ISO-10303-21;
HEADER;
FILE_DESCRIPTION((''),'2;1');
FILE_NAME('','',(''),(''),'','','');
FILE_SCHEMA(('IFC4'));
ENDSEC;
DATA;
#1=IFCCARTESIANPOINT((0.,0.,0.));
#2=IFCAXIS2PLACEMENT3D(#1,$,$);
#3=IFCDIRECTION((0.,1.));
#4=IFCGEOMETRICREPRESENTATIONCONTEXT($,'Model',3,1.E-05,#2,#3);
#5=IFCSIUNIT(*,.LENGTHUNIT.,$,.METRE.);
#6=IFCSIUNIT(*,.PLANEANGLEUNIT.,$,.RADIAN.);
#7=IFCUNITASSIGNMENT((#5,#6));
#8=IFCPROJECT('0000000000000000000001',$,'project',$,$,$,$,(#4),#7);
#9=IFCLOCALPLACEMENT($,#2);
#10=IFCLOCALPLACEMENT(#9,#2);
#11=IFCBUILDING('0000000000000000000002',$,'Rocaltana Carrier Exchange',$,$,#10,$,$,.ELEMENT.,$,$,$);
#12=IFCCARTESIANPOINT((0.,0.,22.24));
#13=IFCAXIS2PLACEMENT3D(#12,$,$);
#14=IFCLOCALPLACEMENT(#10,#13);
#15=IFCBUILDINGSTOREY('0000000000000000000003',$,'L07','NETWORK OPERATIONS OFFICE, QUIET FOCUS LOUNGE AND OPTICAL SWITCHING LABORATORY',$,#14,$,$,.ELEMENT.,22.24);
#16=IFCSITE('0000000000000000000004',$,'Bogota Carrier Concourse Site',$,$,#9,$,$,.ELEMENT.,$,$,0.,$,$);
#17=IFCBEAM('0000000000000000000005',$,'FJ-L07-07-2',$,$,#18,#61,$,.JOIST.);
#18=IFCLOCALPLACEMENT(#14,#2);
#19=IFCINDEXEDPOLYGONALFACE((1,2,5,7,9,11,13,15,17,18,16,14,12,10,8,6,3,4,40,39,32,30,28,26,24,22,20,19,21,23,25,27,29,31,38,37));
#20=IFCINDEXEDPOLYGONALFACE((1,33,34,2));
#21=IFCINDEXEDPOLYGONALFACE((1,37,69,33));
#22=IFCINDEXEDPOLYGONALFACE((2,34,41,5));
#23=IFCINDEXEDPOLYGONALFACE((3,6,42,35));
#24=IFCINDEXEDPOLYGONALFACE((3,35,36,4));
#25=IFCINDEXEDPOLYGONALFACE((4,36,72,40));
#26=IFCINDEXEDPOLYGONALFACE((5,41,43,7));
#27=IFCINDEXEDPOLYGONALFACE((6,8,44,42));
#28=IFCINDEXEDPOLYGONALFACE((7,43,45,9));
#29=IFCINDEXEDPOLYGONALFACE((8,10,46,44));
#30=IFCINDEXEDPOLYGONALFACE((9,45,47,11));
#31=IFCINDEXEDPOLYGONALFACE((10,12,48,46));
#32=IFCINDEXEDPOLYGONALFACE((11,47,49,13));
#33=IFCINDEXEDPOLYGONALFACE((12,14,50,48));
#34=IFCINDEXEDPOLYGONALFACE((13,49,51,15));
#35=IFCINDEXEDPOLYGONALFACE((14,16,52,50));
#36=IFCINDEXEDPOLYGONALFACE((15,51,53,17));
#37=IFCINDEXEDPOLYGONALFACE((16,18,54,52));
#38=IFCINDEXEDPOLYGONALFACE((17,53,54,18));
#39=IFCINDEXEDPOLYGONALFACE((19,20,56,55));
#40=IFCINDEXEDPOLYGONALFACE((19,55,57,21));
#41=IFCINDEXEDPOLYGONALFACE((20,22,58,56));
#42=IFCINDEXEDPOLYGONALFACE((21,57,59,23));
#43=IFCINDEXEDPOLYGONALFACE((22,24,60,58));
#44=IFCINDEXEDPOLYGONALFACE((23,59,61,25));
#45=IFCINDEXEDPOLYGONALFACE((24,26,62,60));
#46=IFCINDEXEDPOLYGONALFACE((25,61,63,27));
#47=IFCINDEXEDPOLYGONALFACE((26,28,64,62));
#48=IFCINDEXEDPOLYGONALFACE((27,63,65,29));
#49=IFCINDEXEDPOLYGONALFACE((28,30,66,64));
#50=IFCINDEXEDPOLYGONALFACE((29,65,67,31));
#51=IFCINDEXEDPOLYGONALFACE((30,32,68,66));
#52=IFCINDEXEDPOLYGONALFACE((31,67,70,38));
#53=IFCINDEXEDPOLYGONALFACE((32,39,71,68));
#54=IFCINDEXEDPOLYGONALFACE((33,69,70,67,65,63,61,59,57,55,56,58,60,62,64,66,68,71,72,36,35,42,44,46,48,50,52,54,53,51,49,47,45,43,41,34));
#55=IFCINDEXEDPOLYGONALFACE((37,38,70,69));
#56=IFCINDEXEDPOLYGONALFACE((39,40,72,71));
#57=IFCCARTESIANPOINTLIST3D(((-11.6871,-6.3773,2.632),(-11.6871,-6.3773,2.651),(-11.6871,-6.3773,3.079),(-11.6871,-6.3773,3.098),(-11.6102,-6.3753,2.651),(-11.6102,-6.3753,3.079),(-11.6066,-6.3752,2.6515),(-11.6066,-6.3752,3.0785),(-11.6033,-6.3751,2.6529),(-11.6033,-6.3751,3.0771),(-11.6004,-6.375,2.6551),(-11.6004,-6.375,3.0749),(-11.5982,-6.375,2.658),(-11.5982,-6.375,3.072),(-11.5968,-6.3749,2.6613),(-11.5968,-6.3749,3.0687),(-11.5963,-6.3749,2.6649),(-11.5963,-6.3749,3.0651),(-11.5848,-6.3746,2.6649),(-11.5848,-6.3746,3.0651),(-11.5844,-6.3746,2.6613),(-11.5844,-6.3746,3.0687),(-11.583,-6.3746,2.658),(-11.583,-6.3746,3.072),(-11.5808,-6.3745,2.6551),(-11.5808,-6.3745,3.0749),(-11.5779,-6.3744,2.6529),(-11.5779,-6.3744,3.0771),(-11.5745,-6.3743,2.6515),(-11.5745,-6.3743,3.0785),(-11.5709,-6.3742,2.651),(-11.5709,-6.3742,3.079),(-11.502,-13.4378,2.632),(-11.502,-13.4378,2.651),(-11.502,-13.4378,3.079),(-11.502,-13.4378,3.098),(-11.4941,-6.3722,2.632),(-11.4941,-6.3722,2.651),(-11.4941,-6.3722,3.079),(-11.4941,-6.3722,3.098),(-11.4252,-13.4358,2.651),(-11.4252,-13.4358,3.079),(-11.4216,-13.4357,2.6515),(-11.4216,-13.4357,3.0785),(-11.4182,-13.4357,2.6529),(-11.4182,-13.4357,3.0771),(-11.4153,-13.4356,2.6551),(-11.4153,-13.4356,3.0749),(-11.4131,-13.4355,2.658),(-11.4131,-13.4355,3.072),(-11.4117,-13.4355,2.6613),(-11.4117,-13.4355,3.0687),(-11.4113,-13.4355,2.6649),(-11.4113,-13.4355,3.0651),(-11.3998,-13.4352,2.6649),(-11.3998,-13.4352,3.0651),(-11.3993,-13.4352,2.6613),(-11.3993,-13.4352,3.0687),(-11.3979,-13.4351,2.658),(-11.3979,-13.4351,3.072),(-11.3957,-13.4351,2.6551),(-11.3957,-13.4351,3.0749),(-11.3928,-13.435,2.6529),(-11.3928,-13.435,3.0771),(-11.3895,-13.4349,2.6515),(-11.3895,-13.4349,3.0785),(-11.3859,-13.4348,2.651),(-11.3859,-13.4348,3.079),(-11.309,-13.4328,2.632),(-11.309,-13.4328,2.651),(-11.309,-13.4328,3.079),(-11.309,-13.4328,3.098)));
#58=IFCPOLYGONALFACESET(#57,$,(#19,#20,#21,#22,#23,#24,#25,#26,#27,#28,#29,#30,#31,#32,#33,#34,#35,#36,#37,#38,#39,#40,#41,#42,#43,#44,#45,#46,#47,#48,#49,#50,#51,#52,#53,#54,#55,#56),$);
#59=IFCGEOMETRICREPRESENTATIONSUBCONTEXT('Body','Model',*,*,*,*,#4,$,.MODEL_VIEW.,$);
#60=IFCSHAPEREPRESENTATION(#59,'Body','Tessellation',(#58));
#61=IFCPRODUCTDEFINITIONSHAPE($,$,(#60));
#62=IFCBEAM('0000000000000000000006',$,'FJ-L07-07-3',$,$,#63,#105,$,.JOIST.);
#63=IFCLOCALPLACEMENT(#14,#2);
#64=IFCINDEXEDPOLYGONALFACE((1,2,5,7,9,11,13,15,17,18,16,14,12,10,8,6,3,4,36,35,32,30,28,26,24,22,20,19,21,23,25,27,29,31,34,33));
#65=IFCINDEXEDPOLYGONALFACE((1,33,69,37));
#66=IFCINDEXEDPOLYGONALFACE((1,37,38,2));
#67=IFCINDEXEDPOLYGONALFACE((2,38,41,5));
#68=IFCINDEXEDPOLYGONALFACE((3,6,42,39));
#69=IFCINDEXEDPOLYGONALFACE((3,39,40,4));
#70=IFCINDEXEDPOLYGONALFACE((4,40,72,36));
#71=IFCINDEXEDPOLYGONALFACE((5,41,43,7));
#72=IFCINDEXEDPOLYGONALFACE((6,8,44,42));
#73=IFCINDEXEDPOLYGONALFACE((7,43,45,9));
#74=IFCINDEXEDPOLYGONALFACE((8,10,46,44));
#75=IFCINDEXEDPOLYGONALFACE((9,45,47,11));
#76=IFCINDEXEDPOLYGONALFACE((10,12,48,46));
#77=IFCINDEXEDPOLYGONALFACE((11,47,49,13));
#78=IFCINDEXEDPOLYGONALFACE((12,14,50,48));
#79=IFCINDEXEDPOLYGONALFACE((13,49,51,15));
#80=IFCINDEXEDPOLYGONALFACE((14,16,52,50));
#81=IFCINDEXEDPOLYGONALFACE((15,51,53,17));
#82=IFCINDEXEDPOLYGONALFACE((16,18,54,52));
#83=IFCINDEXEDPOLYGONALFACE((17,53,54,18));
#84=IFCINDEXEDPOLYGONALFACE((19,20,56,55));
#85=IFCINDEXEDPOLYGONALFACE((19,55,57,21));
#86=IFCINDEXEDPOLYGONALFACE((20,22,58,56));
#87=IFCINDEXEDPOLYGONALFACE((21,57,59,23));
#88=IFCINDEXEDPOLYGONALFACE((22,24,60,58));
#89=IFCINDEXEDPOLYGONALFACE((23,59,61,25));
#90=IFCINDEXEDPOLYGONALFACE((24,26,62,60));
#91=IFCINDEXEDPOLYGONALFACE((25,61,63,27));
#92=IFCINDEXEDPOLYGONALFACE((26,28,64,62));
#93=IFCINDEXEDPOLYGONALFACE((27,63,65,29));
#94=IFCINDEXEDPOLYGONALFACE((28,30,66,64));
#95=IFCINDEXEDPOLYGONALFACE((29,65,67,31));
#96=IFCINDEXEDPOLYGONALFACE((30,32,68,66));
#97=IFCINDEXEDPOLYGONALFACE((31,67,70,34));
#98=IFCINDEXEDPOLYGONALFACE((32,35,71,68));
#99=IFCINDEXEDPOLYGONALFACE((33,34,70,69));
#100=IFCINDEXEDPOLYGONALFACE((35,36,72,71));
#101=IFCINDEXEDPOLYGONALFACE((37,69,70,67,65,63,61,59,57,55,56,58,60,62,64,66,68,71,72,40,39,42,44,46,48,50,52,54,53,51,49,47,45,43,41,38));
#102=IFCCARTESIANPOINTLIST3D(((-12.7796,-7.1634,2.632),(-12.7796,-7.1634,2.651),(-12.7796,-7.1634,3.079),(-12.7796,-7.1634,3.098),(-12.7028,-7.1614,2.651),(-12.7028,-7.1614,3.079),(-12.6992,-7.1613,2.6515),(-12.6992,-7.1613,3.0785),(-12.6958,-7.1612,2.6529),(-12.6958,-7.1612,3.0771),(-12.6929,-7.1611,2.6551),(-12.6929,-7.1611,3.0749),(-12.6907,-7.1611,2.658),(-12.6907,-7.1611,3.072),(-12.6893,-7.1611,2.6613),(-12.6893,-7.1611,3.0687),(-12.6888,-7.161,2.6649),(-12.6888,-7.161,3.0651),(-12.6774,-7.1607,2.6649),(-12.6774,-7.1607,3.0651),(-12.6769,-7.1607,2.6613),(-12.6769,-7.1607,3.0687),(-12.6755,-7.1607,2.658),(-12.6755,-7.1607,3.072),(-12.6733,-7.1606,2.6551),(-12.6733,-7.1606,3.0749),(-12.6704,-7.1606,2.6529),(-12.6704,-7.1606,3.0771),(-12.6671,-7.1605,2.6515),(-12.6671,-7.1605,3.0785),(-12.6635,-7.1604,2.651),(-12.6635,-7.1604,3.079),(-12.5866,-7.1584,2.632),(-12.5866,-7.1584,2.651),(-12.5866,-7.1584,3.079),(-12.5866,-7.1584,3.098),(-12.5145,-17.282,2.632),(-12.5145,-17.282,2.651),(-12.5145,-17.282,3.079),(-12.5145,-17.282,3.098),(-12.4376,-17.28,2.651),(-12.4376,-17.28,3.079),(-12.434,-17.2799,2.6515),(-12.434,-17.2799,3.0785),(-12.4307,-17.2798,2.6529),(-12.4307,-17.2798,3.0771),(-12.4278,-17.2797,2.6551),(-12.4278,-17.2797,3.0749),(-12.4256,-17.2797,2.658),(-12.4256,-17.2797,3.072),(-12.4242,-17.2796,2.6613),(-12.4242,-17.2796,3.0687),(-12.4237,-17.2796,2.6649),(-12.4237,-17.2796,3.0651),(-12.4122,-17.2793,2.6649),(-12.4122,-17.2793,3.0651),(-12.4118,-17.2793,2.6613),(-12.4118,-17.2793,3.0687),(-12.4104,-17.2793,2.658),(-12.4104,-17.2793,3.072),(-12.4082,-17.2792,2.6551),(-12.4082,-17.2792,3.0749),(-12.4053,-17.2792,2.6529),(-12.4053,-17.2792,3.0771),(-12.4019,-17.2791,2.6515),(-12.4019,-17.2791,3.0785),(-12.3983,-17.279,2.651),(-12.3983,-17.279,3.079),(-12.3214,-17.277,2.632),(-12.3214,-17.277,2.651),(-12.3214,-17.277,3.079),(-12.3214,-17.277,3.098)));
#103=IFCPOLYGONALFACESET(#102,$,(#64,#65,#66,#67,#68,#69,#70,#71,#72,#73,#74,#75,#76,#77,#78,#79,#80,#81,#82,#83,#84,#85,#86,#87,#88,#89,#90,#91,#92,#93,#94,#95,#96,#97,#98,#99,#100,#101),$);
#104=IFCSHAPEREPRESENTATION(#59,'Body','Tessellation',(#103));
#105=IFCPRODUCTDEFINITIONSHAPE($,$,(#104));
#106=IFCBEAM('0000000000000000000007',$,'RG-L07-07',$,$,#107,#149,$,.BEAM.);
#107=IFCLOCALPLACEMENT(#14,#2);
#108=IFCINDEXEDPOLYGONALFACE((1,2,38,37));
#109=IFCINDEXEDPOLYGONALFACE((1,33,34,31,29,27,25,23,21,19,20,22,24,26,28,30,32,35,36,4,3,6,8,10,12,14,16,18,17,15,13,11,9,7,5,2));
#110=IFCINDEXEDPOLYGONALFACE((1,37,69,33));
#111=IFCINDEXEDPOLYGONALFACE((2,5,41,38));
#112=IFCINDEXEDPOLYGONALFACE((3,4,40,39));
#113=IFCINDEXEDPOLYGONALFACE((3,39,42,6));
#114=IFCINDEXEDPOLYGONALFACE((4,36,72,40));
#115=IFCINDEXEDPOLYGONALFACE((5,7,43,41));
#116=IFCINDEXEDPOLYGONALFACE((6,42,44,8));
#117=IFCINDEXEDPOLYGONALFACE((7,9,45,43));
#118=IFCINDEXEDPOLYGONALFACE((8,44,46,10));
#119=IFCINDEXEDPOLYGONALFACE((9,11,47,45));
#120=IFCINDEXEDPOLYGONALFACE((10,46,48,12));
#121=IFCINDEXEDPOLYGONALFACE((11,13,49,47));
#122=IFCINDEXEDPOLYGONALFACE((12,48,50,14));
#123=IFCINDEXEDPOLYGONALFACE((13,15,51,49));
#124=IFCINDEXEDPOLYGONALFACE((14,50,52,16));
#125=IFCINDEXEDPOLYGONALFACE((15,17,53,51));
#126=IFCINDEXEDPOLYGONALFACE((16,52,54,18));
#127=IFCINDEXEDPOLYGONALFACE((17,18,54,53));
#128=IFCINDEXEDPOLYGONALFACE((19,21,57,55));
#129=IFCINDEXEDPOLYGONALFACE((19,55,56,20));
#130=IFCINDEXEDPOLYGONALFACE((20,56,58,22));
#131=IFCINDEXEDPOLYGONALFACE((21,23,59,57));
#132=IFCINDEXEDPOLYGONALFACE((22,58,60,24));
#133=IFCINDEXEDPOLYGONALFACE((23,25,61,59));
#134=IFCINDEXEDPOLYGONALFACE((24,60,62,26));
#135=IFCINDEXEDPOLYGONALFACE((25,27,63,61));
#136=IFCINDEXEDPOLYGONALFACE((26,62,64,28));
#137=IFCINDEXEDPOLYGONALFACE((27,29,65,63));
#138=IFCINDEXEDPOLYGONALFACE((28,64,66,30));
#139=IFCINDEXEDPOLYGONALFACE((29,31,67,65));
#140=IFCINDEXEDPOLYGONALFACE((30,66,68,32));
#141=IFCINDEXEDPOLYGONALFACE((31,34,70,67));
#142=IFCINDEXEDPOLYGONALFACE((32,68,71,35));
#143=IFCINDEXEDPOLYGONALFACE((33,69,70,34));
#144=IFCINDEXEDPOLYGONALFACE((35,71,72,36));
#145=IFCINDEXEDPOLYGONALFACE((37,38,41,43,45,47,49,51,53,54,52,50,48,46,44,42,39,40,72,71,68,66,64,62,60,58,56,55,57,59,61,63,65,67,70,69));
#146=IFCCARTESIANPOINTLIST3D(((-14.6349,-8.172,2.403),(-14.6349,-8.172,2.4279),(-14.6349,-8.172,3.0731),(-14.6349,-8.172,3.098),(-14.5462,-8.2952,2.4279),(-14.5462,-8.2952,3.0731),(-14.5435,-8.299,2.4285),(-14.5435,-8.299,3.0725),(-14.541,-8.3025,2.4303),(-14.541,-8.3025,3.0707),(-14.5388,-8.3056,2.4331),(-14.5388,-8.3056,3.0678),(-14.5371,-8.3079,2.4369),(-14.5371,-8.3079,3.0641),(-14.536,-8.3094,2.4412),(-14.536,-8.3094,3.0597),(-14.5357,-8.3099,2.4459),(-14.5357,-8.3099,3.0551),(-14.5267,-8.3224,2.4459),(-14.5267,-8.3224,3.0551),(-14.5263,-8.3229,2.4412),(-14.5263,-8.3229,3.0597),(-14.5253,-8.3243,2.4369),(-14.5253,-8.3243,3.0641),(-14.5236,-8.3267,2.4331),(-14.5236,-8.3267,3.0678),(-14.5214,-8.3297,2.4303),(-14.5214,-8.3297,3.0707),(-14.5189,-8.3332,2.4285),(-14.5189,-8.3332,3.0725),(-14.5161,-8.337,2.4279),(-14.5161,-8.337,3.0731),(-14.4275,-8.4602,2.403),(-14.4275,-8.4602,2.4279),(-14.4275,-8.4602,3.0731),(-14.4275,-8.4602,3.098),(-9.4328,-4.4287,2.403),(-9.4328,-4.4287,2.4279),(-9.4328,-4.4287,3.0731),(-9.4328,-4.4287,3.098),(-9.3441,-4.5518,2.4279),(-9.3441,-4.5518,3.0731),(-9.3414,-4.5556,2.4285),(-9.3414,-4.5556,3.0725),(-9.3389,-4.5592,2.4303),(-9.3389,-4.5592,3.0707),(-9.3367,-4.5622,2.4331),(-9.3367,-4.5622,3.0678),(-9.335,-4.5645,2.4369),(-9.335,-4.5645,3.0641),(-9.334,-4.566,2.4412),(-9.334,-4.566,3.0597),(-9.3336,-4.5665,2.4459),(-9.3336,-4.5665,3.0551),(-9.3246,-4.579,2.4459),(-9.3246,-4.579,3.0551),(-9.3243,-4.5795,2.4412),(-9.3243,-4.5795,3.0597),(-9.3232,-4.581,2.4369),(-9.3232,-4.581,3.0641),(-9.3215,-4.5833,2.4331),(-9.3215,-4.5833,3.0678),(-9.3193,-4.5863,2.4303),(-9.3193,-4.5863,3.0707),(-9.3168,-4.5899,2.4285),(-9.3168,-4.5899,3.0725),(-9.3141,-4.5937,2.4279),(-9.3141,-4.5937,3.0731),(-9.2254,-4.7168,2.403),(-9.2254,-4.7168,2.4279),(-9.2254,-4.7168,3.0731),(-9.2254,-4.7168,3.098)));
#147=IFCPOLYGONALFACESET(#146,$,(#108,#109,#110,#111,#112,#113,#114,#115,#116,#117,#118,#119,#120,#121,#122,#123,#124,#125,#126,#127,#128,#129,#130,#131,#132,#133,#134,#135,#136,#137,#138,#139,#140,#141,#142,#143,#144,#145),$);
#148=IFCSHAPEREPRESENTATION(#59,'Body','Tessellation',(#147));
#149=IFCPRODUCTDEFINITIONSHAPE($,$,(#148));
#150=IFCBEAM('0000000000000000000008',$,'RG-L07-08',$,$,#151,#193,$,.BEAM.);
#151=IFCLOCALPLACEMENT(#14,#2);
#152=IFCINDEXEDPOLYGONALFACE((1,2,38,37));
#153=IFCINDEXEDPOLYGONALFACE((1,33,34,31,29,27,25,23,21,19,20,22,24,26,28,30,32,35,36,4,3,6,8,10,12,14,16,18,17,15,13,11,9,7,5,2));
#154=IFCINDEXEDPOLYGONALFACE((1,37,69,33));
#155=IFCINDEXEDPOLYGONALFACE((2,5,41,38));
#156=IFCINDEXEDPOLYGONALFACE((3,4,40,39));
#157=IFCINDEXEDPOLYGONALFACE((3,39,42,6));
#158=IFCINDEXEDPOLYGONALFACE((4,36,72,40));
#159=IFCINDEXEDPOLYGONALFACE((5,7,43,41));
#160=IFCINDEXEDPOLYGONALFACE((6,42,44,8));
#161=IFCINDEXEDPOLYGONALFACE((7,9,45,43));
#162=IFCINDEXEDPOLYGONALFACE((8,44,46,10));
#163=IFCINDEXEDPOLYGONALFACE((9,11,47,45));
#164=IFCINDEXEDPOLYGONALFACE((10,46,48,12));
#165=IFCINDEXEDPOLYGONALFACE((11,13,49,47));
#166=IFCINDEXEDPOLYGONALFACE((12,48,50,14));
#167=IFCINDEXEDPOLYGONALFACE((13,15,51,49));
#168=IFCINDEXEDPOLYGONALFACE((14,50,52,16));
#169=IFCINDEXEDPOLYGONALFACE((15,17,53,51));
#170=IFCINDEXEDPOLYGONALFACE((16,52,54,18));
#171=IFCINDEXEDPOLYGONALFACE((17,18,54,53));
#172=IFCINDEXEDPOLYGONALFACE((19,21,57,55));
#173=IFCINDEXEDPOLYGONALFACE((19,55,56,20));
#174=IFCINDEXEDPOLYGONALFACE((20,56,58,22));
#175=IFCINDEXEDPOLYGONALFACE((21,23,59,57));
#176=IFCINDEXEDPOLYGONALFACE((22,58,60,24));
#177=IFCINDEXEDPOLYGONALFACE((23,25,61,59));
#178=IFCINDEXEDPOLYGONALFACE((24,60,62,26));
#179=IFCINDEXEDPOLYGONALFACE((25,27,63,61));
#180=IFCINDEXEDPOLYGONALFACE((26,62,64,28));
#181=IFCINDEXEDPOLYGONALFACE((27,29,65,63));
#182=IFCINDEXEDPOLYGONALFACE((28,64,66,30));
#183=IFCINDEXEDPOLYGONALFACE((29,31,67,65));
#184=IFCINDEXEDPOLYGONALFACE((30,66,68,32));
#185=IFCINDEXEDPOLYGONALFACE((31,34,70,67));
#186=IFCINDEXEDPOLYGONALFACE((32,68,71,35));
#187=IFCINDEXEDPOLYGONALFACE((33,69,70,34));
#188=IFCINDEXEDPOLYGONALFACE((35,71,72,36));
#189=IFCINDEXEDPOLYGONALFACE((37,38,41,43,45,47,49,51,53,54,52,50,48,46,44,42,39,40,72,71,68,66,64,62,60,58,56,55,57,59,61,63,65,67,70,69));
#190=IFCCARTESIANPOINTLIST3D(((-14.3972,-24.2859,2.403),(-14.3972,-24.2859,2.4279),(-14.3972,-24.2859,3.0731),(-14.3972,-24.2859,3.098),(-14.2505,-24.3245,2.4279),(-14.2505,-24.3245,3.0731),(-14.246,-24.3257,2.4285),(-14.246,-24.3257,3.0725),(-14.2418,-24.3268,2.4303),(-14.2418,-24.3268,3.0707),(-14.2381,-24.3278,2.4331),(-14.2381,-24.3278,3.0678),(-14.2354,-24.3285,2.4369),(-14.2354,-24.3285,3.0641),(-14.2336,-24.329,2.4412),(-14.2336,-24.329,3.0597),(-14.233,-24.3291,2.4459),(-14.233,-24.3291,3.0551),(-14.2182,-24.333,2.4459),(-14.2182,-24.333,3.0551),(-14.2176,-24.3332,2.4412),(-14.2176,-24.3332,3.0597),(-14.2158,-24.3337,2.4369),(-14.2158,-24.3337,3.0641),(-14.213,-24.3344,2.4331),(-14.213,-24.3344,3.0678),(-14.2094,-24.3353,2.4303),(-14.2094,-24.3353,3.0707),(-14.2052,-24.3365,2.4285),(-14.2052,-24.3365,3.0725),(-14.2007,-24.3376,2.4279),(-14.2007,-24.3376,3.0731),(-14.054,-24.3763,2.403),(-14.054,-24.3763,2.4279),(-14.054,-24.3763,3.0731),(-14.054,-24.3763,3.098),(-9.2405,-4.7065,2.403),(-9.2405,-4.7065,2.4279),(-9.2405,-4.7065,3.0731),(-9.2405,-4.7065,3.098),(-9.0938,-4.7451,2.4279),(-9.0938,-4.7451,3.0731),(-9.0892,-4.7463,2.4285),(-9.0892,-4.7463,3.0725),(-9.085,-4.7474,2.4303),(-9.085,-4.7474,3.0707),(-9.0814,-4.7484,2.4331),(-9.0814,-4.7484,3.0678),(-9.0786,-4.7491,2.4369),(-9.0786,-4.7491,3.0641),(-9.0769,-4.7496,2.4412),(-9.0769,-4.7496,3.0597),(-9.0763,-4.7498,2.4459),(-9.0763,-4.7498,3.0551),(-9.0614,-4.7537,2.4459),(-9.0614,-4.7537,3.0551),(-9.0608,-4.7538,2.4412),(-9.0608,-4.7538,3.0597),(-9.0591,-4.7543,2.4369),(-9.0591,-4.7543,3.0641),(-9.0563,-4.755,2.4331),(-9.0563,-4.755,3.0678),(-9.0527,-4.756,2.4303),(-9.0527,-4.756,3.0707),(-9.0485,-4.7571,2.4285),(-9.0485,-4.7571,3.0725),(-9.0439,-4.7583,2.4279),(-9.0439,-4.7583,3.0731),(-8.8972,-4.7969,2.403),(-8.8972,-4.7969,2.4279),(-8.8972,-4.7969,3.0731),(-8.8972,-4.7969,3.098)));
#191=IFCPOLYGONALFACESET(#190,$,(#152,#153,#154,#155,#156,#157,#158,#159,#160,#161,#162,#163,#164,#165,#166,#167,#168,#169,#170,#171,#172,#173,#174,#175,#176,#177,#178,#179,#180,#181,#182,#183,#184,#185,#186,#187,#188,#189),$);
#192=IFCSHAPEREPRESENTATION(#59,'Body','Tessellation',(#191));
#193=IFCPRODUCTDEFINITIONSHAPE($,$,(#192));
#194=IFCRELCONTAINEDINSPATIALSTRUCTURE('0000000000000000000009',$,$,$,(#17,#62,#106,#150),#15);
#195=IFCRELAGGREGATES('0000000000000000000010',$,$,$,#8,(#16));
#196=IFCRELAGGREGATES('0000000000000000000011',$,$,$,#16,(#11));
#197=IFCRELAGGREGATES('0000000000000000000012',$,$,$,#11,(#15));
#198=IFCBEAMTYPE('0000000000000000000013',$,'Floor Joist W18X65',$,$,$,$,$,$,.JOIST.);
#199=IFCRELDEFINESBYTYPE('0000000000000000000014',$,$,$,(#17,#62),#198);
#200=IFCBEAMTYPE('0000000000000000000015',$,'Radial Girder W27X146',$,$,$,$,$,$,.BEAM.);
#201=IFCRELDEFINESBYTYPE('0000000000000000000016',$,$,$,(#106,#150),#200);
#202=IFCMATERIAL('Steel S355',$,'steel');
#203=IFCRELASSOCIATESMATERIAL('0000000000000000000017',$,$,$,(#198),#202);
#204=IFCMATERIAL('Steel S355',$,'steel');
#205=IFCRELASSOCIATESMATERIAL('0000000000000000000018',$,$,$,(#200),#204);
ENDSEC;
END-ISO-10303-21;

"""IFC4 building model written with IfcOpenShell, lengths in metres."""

from ifc_helpers import new_model, si_unit, direction, frame, origin, origin_2d, place, context, subcontext, project, spatial, i_section, extrude, material, material_profile, profile_set, type_object, element, save


model = new_model("IFC4")

# Units and contexts
model_context = context("Model", 3, precision=1e-05, world=origin(), true_north=direction((0.0, 1.0)))
body_context = subcontext(model_context, "Body", "Model", "MODEL_VIEW")
ifc_project = project(units=[si_unit("LENGTHUNIT", "METRE"), si_unit("PLANEANGLEUNIT", "RADIAN")], contexts=[model_context])

# Site, building, storey
site_placement = place(None, origin())
site = spatial("IfcSite", under=ifc_project, at=site_placement, Name="Bogota Carrier Concourse Site", CompositionType="ELEMENT", RefElevation=0.0)
building_placement = place(site_placement, origin())
building = spatial("IfcBuilding", under=site, at=building_placement, Name="Rocaltana Carrier Exchange", CompositionType="ELEMENT")
storey_placement = place(building_placement, frame((0.0, 0.0, 22.24)))
storey = spatial("IfcBuildingStorey", under=building, at=storey_placement, Name="L07", Description="NETWORK OPERATIONS OFFICE, QUIET FOCUS LOUNGE AND OPTICAL SWITCHING LABORATORY", CompositionType="ELEMENT", Elevation=22.24)

# Beams
ifc_material_1 = material(Name="Steel S355", Category="steel")
ifc_material_profile_1 = material_profile(ifc_material_1, i_section(OverallWidth=0.1931, OverallDepth=0.4661, WebThickness=0.0115, FlangeThickness=0.019, FilletRadius=0.0139, at=origin_2d()), Name="W18X65")
ifc_profile_set_1 = profile_set([ifc_material_profile_1], Name="Steel S355")
beam_type_1 = type_object("IfcBeamType", Name="Floor Joist W18X65", PredefinedType="JOIST", material=ifc_profile_set_1)
beam_1_placement = place(storey_placement, frame((-11.5906, -6.3748, 2.865), z_axis=(0.026201, -0.999657, 0.0), x_axis=(0.999657, 0.026201, 0.0)))
element("IfcBeam", 1, at=beam_1_placement, inside=storey, type_object=beam_type_1, Name="FJ-L07-07-2", PredefinedType="JOIST", context=body_context, shape_type="SweptSolid", body=[
    extrude(i_section(OverallWidth=0.1931, OverallDepth=0.4661, WebThickness=0.0115, FlangeThickness=0.019, FilletRadius=0.0139, at=origin_2d()), origin(), (0.0, 0.0, 1.0), 7.063),
])
beam_2_placement = place(storey_placement, frame((-12.6831, -7.1609, 2.865), z_axis=(0.026194, -0.999657, 0.0), x_axis=(0.999657, 0.026194, 0.0)))
element("IfcBeam", 2, at=beam_2_placement, inside=storey, type_object=beam_type_1, Name="FJ-L07-07-3", PredefinedType="JOIST", context=body_context, shape_type="SweptSolid", body=[
    extrude(i_section(OverallWidth=0.1931, OverallDepth=0.4661, WebThickness=0.0115, FlangeThickness=0.019, FilletRadius=0.0139, at=origin_2d()), origin(), (0.0, 0.0, 1.0), 10.1221),
])
ifc_material_2 = material(Name="Steel S355", Category="steel")
ifc_material_profile_2 = material_profile(ifc_material_2, i_section(OverallWidth=0.355, OverallDepth=0.6951, WebThickness=0.0154, FlangeThickness=0.0249, FilletRadius=0.0181, at=origin_2d()), Name="W27X146")
ifc_profile_set_2 = profile_set([ifc_material_profile_2], Name="Steel S355")
beam_type_2 = type_object("IfcBeamType", Name="Radial Girder W27X146", PredefinedType="BEAM", material=ifc_profile_set_2)
beam_3_placement = place(storey_placement, frame((-9.3291, -4.5728, 2.7505), z_axis=(-0.811693, -0.584085, 0.0), x_axis=(0.584085, -0.811693, 0.0)))
element("IfcBeam", 3, at=beam_3_placement, inside=storey, type_object=beam_type_2, Name="RG-L07-07", PredefinedType="BEAM", context=body_context, shape_type="SweptSolid", body=[
    extrude(i_section(OverallWidth=0.355, OverallDepth=0.6951, WebThickness=0.0154, FlangeThickness=0.0249, FilletRadius=0.0181, at=origin_2d()), origin(), (0.0, 0.0, 1.0), 6.4089),
])
beam_4_placement = place(storey_placement, frame((-9.0688, -4.7517, 2.7505), z_axis=(-0.254691, -0.967023, 0.0), x_axis=(0.967023, -0.254691, 0.0)))
element("IfcBeam", 4, at=beam_4_placement, inside=storey, type_object=beam_type_2, Name="RG-L07-08", PredefinedType="BEAM", context=body_context, shape_type="SweptSolid", body=[
    extrude(i_section(OverallWidth=0.355, OverallDepth=0.6951, WebThickness=0.0154, FlangeThickness=0.0249, FilletRadius=0.0181, at=origin_2d()), origin(), (0.0, 0.0, 1.0), 20.2471),
])

save(model, "model.ifc")
